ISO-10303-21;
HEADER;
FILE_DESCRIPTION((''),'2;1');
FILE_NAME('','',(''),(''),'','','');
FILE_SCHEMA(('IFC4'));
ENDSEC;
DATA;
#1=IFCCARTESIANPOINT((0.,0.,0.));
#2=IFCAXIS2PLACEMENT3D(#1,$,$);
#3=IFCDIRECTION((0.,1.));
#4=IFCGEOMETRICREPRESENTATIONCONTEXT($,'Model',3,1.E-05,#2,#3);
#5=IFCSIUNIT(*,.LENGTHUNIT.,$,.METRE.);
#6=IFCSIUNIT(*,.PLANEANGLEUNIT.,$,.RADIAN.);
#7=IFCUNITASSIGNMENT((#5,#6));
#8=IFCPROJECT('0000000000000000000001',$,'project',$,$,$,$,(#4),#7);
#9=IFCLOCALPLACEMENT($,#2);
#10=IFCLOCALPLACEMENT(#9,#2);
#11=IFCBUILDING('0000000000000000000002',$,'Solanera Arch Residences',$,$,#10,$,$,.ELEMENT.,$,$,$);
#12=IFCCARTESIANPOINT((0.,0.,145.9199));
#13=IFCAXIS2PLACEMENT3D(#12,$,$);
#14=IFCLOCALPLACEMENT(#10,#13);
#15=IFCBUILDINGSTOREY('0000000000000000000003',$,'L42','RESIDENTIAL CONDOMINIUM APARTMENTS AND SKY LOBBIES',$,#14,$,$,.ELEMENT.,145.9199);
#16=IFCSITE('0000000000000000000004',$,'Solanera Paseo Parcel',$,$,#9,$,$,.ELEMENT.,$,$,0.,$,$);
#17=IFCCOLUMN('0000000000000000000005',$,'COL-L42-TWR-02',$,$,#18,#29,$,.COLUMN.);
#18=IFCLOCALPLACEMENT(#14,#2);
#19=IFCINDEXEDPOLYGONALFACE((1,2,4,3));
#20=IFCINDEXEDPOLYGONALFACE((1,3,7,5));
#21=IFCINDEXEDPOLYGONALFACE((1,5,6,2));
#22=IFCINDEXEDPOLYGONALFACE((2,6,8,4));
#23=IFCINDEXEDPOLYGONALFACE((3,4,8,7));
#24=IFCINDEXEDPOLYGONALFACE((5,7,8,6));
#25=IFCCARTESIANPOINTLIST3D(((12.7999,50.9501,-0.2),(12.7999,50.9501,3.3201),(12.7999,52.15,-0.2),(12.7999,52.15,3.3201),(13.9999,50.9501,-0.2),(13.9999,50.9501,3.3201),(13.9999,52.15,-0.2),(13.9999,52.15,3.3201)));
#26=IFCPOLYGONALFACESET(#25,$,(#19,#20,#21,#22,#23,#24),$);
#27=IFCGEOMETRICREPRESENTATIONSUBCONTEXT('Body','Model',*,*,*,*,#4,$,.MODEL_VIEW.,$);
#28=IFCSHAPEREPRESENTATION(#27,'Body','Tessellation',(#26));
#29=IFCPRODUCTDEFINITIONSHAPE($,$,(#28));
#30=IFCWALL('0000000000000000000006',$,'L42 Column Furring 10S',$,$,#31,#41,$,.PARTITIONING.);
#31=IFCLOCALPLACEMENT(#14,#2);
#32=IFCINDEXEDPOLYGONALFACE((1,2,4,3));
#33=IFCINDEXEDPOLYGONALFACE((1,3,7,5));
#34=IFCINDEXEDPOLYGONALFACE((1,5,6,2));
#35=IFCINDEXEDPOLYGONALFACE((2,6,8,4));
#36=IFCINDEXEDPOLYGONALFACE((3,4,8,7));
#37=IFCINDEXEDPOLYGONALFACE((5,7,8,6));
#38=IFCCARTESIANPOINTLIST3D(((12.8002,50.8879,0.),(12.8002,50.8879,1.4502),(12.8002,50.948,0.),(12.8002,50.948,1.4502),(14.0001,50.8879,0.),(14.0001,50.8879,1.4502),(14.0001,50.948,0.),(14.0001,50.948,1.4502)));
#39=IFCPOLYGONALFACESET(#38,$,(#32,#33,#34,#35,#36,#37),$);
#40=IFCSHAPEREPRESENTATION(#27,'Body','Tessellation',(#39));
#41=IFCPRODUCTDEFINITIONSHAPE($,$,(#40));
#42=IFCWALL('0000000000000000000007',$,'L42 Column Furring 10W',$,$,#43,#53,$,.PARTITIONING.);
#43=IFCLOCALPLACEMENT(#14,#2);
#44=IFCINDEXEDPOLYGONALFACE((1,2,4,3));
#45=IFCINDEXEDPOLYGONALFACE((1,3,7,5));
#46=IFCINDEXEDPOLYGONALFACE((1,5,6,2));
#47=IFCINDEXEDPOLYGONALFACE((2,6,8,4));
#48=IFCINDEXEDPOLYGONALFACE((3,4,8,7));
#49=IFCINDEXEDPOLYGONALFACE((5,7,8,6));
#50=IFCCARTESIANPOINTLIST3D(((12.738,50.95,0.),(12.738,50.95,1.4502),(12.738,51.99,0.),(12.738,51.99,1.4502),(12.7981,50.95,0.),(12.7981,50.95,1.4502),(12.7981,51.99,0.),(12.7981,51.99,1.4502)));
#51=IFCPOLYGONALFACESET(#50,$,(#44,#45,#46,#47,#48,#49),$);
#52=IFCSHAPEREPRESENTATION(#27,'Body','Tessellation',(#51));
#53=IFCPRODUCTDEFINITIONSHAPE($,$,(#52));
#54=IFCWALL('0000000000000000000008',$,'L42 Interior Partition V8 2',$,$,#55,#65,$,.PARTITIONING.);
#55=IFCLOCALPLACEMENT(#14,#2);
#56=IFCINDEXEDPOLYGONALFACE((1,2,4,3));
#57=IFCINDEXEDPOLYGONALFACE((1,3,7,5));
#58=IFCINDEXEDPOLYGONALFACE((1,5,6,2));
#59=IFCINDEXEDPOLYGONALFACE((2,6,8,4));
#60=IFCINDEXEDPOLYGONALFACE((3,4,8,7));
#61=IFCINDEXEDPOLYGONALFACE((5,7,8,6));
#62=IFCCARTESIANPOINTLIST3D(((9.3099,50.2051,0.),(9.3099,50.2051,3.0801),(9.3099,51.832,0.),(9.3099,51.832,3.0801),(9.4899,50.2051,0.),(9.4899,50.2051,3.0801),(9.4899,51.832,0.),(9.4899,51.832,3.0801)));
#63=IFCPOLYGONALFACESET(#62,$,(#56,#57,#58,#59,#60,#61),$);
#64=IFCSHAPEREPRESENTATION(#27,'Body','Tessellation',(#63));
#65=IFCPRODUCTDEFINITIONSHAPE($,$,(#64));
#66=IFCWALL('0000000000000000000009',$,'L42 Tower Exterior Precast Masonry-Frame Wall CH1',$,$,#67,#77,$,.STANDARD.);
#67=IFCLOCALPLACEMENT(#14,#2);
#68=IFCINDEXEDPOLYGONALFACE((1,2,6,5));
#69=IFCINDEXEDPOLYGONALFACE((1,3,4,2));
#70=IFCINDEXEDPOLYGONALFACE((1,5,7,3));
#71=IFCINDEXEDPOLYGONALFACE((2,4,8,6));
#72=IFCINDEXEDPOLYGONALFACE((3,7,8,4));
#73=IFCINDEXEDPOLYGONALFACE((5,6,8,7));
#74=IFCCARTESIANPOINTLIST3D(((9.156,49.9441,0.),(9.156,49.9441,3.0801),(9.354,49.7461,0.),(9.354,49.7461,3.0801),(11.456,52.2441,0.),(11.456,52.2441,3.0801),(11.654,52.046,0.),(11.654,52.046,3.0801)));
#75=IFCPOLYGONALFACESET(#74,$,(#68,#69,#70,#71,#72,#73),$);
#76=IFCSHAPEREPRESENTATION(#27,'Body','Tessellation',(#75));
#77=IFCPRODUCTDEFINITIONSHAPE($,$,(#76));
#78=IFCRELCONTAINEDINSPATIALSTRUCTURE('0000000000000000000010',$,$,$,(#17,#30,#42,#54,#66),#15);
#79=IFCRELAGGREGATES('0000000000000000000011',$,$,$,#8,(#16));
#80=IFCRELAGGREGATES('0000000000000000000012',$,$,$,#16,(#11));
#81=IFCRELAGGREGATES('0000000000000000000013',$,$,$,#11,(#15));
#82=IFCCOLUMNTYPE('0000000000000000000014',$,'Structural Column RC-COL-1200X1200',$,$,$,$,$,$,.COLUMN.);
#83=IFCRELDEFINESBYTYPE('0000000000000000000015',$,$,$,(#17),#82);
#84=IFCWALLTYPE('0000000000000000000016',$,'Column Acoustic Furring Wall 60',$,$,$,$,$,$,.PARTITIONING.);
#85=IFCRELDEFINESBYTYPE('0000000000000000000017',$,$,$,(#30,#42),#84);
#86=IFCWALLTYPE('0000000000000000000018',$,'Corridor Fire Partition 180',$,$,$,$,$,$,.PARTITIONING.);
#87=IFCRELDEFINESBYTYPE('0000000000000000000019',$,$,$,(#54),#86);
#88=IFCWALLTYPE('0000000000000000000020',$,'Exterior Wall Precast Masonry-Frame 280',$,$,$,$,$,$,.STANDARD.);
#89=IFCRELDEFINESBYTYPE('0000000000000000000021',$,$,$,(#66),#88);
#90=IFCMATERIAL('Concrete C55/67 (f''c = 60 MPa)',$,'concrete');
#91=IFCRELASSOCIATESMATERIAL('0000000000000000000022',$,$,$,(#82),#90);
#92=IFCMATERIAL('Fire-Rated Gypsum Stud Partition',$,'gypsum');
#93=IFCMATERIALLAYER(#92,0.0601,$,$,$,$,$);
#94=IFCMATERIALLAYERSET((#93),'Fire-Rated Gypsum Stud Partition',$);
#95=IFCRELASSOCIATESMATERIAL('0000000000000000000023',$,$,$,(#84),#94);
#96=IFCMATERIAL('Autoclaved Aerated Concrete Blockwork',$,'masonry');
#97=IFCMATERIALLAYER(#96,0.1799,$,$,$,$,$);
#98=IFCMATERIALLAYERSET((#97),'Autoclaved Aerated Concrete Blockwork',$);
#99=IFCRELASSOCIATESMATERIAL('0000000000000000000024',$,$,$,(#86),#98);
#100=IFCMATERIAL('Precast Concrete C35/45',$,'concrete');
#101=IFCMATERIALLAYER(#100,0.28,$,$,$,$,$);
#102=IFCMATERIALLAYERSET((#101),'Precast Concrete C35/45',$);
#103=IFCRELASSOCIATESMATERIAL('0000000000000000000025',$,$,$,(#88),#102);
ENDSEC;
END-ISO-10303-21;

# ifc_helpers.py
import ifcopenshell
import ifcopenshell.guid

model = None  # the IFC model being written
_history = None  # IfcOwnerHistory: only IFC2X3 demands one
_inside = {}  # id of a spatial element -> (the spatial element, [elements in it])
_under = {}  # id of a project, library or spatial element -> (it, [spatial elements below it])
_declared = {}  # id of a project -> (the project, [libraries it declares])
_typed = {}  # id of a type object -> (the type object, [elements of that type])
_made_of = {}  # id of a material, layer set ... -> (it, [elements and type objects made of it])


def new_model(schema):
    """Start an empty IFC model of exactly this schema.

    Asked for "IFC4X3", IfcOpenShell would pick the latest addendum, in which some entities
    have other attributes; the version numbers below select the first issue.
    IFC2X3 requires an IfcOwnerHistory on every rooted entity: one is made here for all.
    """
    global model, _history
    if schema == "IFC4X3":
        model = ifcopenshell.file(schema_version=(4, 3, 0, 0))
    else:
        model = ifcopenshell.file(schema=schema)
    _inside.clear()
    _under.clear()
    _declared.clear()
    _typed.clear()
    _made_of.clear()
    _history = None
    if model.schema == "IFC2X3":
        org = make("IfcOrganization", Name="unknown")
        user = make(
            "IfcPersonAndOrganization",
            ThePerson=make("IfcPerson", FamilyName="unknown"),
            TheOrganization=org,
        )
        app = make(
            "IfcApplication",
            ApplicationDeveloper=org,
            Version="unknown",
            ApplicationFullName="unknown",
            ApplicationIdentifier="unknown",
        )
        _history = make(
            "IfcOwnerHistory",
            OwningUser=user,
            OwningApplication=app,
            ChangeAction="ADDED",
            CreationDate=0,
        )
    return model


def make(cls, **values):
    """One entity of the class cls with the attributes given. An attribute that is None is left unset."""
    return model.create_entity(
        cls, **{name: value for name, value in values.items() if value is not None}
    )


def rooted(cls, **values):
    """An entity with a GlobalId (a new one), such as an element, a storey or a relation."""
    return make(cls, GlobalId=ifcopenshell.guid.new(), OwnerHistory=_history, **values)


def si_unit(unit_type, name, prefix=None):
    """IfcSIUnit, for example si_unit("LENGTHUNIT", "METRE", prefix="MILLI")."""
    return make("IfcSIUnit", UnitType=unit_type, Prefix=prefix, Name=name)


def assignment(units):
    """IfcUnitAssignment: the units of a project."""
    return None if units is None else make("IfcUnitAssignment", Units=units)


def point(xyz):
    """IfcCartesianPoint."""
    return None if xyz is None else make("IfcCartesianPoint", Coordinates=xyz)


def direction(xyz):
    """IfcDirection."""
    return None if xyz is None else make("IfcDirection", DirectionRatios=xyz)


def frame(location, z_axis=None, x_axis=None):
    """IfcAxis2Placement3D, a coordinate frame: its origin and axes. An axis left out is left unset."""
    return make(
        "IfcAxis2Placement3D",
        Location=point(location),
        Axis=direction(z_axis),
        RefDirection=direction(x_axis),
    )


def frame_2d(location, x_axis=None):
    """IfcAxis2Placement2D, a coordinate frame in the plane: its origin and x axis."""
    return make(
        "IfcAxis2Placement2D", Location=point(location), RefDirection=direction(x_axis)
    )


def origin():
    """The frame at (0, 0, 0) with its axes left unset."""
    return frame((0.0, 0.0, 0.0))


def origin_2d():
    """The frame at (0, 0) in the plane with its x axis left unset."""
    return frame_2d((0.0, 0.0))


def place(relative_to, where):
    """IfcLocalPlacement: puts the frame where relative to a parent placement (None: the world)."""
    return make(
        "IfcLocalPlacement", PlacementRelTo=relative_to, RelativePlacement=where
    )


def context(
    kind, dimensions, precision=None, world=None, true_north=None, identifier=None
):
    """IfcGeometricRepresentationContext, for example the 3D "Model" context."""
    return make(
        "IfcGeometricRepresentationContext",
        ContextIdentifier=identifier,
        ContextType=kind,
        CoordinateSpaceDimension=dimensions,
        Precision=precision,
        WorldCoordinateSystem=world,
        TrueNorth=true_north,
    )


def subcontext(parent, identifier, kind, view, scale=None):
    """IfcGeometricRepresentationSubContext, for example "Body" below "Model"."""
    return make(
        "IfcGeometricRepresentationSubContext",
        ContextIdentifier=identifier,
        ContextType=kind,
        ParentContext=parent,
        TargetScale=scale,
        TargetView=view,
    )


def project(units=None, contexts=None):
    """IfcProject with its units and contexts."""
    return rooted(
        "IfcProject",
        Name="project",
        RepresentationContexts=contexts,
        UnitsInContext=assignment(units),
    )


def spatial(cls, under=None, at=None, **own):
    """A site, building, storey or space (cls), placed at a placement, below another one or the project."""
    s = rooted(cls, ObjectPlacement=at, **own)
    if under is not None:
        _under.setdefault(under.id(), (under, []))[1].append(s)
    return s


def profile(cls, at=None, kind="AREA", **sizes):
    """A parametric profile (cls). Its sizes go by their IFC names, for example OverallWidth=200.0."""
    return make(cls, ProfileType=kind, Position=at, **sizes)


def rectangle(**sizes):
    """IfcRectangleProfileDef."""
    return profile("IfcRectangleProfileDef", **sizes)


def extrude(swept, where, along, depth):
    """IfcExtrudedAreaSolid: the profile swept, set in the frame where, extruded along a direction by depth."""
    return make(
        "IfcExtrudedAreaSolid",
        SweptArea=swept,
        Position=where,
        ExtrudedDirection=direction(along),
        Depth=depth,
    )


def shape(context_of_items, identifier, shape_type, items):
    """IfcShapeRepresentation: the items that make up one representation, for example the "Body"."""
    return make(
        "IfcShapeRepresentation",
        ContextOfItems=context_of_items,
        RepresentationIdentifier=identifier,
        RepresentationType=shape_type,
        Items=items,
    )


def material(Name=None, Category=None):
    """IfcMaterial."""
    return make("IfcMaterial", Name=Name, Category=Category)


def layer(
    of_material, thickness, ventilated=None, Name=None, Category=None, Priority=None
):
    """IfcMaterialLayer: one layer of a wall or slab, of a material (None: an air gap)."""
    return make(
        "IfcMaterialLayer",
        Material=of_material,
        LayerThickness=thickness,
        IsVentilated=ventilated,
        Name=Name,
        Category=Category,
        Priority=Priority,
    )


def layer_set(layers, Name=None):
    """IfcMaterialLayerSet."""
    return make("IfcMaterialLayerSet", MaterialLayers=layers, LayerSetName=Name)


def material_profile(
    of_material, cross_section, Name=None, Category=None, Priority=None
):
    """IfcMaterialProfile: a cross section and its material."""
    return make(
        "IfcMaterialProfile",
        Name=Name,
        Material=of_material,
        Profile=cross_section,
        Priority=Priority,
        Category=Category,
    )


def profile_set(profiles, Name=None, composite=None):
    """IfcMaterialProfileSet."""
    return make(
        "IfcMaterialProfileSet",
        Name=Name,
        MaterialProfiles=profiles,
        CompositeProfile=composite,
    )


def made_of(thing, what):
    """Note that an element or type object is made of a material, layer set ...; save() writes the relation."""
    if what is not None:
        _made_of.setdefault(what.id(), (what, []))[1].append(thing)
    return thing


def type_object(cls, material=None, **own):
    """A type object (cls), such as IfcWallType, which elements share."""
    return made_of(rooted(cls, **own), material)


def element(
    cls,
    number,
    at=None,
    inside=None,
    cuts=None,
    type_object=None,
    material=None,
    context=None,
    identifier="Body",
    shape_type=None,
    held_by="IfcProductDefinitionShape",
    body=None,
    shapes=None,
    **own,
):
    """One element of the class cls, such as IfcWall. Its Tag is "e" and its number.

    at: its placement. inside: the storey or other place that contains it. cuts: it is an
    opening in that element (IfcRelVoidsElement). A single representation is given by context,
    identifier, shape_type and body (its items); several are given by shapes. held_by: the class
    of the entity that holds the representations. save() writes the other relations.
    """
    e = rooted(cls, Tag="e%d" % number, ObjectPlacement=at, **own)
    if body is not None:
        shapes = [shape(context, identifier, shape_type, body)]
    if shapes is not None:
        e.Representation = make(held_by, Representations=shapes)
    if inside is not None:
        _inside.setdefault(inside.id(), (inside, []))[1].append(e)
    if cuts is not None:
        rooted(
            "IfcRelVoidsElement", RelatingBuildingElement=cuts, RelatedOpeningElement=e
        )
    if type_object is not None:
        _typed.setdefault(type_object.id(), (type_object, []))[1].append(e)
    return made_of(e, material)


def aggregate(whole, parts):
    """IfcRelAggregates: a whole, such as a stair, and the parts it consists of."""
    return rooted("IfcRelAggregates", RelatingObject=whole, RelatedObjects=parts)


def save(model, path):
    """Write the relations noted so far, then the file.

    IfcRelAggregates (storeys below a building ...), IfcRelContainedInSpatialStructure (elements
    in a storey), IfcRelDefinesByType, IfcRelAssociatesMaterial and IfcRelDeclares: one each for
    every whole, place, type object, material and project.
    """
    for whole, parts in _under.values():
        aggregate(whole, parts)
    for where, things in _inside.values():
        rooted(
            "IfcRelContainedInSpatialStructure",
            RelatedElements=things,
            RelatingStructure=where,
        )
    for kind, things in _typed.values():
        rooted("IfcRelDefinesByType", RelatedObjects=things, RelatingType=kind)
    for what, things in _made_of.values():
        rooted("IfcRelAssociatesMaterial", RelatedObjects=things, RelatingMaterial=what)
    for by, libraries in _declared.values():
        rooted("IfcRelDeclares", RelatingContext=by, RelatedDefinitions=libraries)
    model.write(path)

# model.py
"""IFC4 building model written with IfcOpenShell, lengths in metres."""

from ifc_helpers import new_model, si_unit, direction, frame, frame_2d, origin, origin_2d, place, context, subcontext, project, spatial, rectangle, extrude, material, layer, layer_set, material_profile, profile_set, type_object, element, save


model = new_model("IFC4")

# Units and contexts
model_context = context("Model", 3, precision=1e-05, world=origin(), true_north=direction((0.0, 1.0)))
body_context = subcontext(model_context, "Body", "Model", "MODEL_VIEW")
ifc_project = project(units=[si_unit("LENGTHUNIT", "METRE"), si_unit("PLANEANGLEUNIT", "RADIAN")], contexts=[model_context])

# Site, building, storey
site_placement = place(None, origin())
site = spatial("IfcSite", under=ifc_project, at=site_placement, Name="Solanera Paseo Parcel", CompositionType="ELEMENT", RefElevation=0.0)
building_placement = place(site_placement, origin())
building = spatial("IfcBuilding", under=site, at=building_placement, Name="Solanera Arch Residences", CompositionType="ELEMENT")
storey_placement = place(building_placement, frame((0.0, 0.0, 145.9199)))
storey = spatial("IfcBuildingStorey", under=building, at=storey_placement, Name="L42", Description="RESIDENTIAL CONDOMINIUM APARTMENTS AND SKY LOBBIES", CompositionType="ELEMENT", Elevation=145.9199)

# Column
ifc_material_1 = material(Name="Concrete C55/67 (f'c = 60 MPa)", Category="concrete")
ifc_material_profile = material_profile(ifc_material_1, rectangle(XDim=1.2, YDim=1.2, at=origin_2d()))
ifc_profile_set = profile_set([ifc_material_profile], Name="Concrete C55/67 (f'c = 60 MPa)")
column_type = type_object("IfcColumnType", Name="Structural Column RC-COL-1200X1200", PredefinedType="COLUMN", material=ifc_profile_set)
column_placement = place(storey_placement, frame((13.3999, 51.55, -0.2), z_axis=(0.0, 0.0, 1.0), x_axis=(1.0, 0.0, 0.0)))
element("IfcColumn", 1, at=column_placement, inside=storey, type_object=column_type, Name="COL-L42-TWR-02", PredefinedType="COLUMN", context=body_context, shape_type="SweptSolid", body=[
    extrude(rectangle(XDim=1.2, YDim=1.2, at=origin_2d()), origin(), (0.0, 0.0, 1.0), 3.52),
])

# Walls
ifc_material_2 = material(Name="Fire-Rated Gypsum Stud Partition", Category="gypsum")
ifc_layer_1 = layer(ifc_material_2, 0.0601)
ifc_layer_set_1 = layer_set([ifc_layer_1], Name="Fire-Rated Gypsum Stud Partition")
wall_type_1 = type_object("IfcWallType", Name="Column Acoustic Furring Wall 60", PredefinedType="PARTITIONING", material=ifc_layer_set_1)
wall_1_placement = place(storey_placement, frame((12.8, 50.918, 0.0), z_axis=(0.0, 0.0, 1.0), x_axis=(1.0, 0.0, 0.0)))
element("IfcWall", 2, at=wall_1_placement, inside=storey, type_object=wall_type_1, Name="L42 Column Furring 10S", PredefinedType="PARTITIONING", context=body_context, shape_type="SweptSolid", body=[
    extrude(rectangle(XDim=1.2, YDim=0.0601, at=frame_2d((0.6001, 0.0))), origin(), (0.0, 0.0, 1.0), 1.4502),
])
wall_2_placement = place(storey_placement, frame((12.7681, 50.95, 0.0), z_axis=(0.0, 0.0, 1.0), x_axis=(0.0, 1.0, 0.0)))
element("IfcWall", 3, at=wall_2_placement, inside=storey, type_object=wall_type_1, Name="L42 Column Furring 10W", PredefinedType="PARTITIONING", context=body_context, shape_type="SweptSolid", body=[
    extrude(rectangle(XDim=1.04, YDim=0.0601, at=frame_2d((0.52, 0.0))), origin(), (0.0, 0.0, 1.0), 1.4502),
])
ifc_material_3 = material(Name="Autoclaved Aerated Concrete Blockwork", Category="masonry")
ifc_layer_2 = layer(ifc_material_3, 0.1799)
ifc_layer_set_2 = layer_set([ifc_layer_2], Name="Autoclaved Aerated Concrete Blockwork")
wall_type_2 = type_object("IfcWallType", Name="Corridor Fire Partition 180", PredefinedType="PARTITIONING", material=ifc_layer_set_2)
wall_3_placement = place(storey_placement, frame((9.3999, 50.2051, 0.0), z_axis=(0.0, 0.0, 1.0), x_axis=(0.0, 1.0, 0.0)))
element("IfcWall", 4, at=wall_3_placement, inside=storey, type_object=wall_type_2, Name="L42 Interior Partition V8 2", PredefinedType="PARTITIONING", context=body_context, shape_type="SweptSolid", body=[
    extrude(rectangle(XDim=1.627, YDim=0.1799, at=frame_2d((0.8135, 0.0))), origin(), (0.0, 0.0, 1.0), 3.0801),
])
ifc_material_4 = material(Name="Precast Concrete C35/45", Category="concrete")
ifc_layer_3 = layer(ifc_material_4, 0.28)
ifc_layer_set_3 = layer_set([ifc_layer_3], Name="Precast Concrete C35/45")
wall_type_3 = type_object("IfcWallType", Name="Exterior Wall Precast Masonry-Frame 280", PredefinedType="STANDARD", material=ifc_layer_set_3)
wall_4_placement = place(storey_placement, frame((9.2549, 49.845, 0.0), z_axis=(0.0, 0.0, 1.0), x_axis=(0.707107, 0.707107, 0.0)))
element("IfcWall", 5, at=wall_4_placement, inside=storey, type_object=wall_type_3, Name="L42 Tower Exterior Precast Masonry-Frame Wall CH1", PredefinedType="STANDARD", context=body_context, shape_type="SweptSolid", body=[
    extrude(rectangle(XDim=3.2527, YDim=0.28, at=frame_2d((1.6265, 0.0))), origin(), (0.0, 0.0, 1.0), 3.0801),
])

save(model, "model.ifc")
